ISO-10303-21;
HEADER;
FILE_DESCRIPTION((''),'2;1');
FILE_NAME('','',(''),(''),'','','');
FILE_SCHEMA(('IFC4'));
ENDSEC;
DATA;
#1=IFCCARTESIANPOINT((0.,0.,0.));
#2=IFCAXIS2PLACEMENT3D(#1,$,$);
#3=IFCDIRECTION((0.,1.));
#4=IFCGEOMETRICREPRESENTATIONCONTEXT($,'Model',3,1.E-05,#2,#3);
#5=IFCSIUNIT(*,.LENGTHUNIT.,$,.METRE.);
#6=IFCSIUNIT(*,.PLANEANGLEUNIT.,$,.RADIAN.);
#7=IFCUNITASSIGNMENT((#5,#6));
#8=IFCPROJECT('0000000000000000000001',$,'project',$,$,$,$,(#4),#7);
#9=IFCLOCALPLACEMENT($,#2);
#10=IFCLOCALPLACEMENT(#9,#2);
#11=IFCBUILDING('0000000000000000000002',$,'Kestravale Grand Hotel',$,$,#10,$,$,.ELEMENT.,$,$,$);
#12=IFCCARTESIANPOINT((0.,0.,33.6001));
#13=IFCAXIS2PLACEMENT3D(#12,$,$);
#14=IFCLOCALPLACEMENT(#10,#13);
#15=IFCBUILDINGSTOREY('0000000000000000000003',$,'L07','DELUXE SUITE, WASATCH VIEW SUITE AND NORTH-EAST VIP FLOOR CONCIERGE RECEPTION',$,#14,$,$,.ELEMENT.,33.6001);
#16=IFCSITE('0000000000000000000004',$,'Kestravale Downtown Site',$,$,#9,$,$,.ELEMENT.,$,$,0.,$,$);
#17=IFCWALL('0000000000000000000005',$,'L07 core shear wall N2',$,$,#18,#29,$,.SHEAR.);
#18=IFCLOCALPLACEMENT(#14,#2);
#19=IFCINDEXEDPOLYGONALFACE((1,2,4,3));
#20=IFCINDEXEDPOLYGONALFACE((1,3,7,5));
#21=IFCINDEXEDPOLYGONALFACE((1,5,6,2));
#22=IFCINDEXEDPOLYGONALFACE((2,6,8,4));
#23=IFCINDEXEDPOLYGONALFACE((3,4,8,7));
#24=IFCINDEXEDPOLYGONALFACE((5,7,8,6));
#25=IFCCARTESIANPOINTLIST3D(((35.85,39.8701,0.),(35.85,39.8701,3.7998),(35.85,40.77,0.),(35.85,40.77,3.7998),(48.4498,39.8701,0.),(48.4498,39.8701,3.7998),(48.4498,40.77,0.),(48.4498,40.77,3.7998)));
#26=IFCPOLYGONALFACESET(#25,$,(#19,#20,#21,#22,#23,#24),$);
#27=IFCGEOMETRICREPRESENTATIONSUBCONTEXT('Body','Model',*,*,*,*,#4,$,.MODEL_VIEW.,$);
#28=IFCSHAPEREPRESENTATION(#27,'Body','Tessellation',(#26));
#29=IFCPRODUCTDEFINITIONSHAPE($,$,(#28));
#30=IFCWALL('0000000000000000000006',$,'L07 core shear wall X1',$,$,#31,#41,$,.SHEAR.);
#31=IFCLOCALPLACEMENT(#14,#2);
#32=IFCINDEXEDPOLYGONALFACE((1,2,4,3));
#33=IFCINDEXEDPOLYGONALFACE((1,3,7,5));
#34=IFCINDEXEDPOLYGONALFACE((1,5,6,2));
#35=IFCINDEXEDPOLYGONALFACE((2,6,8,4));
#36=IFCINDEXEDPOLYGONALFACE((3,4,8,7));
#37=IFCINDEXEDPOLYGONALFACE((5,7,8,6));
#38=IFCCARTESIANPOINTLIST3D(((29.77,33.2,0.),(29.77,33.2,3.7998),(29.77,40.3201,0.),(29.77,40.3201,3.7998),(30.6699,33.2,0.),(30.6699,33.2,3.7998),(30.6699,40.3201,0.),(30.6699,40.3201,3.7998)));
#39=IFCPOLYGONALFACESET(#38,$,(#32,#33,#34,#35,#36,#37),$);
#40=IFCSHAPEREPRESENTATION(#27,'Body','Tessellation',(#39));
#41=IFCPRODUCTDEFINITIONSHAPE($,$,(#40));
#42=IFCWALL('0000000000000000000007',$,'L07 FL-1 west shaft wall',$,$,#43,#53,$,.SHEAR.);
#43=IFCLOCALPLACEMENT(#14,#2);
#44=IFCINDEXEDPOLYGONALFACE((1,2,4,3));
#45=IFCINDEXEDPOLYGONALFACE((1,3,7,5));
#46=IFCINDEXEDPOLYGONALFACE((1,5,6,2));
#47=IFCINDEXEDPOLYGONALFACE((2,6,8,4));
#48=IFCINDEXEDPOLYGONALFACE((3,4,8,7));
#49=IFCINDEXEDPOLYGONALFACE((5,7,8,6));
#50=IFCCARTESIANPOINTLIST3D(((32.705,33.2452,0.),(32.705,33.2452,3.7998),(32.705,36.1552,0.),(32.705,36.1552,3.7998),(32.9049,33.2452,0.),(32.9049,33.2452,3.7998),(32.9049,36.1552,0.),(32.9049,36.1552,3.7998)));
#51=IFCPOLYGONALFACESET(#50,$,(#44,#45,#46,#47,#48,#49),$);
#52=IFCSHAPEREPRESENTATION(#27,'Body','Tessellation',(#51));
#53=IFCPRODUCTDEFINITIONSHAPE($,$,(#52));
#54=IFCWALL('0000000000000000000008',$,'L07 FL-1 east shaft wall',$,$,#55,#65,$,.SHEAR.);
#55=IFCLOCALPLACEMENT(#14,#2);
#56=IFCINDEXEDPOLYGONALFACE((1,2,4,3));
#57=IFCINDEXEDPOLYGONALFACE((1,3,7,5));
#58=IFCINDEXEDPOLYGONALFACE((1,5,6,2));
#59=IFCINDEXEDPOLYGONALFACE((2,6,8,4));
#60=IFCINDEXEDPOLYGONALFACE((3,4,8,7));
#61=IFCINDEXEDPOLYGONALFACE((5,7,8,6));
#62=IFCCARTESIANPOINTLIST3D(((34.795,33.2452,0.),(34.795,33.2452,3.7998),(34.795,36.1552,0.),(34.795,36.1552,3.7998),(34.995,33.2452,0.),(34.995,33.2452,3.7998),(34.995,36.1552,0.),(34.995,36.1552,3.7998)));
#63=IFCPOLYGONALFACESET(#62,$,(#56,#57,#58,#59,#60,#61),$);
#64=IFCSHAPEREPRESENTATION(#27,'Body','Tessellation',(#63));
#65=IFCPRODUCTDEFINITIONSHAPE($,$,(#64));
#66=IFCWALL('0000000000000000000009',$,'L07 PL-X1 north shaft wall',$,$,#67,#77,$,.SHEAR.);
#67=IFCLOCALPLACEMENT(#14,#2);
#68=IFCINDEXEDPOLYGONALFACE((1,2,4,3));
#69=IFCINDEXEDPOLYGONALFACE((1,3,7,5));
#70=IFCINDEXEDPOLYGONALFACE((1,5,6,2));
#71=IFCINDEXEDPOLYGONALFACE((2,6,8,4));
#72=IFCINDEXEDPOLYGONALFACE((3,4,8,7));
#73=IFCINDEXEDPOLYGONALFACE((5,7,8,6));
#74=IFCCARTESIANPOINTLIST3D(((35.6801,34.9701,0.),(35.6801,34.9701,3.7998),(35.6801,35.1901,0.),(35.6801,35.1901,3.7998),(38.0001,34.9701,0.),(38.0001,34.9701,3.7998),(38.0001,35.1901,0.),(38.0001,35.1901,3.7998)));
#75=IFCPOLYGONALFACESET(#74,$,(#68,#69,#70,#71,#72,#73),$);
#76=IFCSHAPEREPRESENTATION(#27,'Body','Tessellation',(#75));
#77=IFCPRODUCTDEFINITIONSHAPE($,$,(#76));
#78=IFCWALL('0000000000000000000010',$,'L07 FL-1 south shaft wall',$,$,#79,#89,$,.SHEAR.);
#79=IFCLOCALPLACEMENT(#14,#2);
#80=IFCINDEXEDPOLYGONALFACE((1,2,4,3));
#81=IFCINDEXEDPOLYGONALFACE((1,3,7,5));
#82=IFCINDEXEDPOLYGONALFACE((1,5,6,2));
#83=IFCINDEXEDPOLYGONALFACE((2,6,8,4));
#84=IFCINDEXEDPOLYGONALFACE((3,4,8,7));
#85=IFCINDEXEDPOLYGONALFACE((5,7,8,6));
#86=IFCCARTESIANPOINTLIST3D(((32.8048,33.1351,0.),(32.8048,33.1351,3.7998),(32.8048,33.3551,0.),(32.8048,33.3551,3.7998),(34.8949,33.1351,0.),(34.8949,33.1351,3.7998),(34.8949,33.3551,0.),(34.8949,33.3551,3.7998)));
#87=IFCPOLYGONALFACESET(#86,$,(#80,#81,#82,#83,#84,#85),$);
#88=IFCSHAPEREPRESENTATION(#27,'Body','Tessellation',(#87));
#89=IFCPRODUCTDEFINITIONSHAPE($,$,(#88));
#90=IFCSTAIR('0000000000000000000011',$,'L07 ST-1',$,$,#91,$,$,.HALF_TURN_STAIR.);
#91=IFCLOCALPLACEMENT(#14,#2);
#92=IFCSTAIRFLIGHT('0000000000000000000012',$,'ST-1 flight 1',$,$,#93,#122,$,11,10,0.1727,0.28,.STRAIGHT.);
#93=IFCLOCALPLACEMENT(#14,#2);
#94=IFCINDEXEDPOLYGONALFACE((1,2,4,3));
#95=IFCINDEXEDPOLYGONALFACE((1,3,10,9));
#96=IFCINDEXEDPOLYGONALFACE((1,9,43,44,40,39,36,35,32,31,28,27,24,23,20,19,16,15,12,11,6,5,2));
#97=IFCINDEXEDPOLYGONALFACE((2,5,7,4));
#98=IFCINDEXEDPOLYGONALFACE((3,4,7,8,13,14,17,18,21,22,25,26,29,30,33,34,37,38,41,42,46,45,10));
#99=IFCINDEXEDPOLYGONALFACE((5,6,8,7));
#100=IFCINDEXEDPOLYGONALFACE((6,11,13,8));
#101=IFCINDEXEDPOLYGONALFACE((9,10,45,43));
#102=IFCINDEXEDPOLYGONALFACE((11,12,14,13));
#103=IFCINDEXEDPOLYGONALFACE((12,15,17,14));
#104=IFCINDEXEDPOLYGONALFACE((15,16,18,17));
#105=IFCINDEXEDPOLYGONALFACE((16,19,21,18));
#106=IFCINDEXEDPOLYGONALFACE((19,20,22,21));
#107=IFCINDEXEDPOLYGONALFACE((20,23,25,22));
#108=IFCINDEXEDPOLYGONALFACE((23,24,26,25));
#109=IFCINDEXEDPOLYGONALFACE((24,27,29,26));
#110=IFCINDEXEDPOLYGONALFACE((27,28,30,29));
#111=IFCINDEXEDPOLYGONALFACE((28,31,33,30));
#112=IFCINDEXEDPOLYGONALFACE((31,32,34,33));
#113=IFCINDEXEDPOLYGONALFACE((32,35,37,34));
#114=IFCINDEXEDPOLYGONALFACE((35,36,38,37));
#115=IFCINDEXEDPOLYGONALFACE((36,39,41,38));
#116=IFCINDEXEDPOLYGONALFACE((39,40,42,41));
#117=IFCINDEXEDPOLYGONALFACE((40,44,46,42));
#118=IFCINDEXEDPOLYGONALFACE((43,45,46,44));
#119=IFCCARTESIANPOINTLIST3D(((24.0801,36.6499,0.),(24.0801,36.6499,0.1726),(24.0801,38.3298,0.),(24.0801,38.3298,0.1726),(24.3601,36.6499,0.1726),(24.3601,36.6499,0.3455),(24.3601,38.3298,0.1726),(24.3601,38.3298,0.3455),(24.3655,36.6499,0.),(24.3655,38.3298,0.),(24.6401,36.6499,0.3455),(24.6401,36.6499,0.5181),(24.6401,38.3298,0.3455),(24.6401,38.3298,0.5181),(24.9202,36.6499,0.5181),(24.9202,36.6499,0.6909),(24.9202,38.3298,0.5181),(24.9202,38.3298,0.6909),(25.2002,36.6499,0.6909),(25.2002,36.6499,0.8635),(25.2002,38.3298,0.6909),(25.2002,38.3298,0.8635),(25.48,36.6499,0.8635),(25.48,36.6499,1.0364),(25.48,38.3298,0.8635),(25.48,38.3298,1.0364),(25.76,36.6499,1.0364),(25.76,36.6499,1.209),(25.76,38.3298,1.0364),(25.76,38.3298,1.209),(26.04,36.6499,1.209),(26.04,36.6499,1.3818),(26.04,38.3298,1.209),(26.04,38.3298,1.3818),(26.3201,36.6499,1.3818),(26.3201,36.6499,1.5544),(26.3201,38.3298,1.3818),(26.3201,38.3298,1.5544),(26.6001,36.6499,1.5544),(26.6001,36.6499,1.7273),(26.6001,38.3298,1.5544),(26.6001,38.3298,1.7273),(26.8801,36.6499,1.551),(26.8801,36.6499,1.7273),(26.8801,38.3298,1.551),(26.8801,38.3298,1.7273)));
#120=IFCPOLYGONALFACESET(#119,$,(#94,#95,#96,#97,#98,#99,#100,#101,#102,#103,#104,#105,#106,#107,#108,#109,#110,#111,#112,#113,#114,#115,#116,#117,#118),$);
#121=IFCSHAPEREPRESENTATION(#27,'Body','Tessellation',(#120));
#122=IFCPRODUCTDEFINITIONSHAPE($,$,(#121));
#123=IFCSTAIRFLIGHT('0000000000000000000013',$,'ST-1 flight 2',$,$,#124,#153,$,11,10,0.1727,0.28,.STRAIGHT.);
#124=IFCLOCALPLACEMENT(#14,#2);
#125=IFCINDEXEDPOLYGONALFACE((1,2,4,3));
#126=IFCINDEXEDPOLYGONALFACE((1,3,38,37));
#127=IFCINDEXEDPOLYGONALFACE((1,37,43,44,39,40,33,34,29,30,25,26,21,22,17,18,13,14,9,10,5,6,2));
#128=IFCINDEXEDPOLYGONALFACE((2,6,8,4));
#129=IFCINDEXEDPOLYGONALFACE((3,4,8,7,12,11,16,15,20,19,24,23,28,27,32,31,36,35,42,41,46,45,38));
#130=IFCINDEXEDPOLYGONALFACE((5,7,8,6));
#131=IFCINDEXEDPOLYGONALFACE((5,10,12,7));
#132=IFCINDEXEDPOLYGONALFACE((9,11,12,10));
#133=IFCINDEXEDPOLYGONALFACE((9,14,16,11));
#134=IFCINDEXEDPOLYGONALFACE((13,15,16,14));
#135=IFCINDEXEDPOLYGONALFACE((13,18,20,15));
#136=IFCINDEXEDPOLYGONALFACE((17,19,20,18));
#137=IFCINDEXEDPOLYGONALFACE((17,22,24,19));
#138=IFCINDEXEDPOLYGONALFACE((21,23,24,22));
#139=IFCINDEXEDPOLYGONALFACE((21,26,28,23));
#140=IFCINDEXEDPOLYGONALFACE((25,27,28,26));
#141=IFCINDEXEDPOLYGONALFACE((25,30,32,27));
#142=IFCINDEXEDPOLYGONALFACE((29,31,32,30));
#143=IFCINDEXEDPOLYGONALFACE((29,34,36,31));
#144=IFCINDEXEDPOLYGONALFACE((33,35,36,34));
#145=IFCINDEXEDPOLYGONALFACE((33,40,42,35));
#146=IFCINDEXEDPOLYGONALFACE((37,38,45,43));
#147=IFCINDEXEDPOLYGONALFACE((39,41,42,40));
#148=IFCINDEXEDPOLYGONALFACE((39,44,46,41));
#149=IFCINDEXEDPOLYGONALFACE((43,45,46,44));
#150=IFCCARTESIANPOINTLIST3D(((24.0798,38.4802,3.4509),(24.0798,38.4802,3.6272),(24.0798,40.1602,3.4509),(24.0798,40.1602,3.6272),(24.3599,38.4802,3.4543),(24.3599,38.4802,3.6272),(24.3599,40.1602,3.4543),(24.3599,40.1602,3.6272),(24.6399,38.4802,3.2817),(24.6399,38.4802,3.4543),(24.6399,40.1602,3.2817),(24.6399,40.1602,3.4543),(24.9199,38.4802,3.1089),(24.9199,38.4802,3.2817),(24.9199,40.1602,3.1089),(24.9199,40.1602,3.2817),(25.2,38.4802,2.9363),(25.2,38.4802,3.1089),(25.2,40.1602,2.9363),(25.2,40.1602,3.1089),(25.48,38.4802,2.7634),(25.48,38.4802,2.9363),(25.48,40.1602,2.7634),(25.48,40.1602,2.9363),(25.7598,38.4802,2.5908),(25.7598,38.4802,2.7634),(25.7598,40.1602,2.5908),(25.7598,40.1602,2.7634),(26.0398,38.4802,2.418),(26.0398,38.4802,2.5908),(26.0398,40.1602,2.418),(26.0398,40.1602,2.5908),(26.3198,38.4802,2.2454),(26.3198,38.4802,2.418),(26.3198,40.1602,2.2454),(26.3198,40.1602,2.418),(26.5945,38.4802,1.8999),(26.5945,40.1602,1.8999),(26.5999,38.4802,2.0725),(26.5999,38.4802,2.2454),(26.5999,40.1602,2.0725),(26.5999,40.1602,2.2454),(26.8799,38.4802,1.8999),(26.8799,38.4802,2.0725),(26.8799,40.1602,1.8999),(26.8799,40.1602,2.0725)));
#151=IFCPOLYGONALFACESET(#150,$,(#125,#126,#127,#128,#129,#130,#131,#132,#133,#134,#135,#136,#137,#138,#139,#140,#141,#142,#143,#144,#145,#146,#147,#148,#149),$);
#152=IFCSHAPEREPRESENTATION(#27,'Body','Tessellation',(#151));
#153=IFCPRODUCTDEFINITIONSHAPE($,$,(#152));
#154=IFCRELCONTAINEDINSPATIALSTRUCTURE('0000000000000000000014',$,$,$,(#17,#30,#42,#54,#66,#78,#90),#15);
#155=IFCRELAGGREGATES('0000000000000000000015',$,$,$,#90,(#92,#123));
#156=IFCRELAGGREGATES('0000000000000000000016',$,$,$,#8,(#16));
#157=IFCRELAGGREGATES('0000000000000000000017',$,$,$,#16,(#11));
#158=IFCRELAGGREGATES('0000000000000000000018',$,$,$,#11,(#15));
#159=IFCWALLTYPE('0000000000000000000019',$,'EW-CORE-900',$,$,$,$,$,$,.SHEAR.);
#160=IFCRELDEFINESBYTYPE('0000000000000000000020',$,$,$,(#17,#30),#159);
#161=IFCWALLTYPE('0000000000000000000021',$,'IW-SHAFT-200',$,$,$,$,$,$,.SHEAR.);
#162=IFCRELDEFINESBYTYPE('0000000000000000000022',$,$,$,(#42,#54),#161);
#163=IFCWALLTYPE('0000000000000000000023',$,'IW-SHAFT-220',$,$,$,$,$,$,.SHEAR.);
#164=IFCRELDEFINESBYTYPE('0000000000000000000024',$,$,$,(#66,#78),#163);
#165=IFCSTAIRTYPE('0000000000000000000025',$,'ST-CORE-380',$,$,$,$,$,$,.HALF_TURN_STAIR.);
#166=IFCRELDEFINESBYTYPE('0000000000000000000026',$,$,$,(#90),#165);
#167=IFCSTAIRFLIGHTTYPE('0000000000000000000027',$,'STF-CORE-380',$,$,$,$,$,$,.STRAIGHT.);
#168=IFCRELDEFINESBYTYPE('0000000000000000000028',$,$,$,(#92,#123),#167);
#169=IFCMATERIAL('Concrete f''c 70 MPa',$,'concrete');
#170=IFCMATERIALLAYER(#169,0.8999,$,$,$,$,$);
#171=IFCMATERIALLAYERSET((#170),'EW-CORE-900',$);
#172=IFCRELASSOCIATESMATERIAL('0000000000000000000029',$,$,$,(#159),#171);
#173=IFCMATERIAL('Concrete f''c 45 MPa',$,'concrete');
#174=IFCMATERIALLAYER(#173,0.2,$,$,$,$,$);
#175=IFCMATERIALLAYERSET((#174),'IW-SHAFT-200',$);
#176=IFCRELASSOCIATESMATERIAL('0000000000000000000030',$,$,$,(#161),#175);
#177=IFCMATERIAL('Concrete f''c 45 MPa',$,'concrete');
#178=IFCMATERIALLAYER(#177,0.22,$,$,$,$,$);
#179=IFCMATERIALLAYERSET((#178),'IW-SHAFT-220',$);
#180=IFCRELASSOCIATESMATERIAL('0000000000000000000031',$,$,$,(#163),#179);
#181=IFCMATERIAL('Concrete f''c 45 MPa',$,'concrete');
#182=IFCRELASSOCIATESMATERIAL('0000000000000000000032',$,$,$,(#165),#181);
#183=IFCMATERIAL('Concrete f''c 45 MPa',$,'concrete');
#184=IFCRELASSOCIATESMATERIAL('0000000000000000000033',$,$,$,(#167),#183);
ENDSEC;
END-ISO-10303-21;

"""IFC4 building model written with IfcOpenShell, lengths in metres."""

from ifc_helpers import new_model, si_unit, direction, frame, frame_2d, origin, place, context, subcontext, project, spatial, polyline, rectangle, outline, extrude, material, layer, layer_set, type_object, element, aggregate, save


model = new_model("IFC4")

# Units and contexts
model_context = context("Model", 3, precision=1e-05, world=origin(), true_north=direction((0.0, 1.0)))
body_context = subcontext(model_context, "Body", "Model", "MODEL_VIEW")
ifc_project = project(units=[si_unit("LENGTHUNIT", "METRE"), si_unit("PLANEANGLEUNIT", "RADIAN")], contexts=[model_context])

# Site, building, storey
site_placement = place(None, origin())
site = spatial("IfcSite", under=ifc_project, at=site_placement, Name="Kestravale Downtown Site", CompositionType="ELEMENT", RefElevation=0.0)
building_placement = place(site_placement, origin())
building = spatial("IfcBuilding", under=site, at=building_placement, Name="Kestravale Grand Hotel", CompositionType="ELEMENT")
storey_placement = place(building_placement, frame((0.0, 0.0, 33.6001)))
storey = spatial("IfcBuildingStorey", under=building, at=storey_placement, Name="L07", Description="DELUXE SUITE, WASATCH VIEW SUITE AND NORTH-EAST VIP FLOOR CONCIERGE RECEPTION", CompositionType="ELEMENT", Elevation=33.6001)

# Walls
ifc_material_1 = material(Name="Concrete f'c 70 MPa", Category="concrete")
ifc_layer_1 = layer(ifc_material_1, 0.8999)
ifc_layer_set_1 = layer_set([ifc_layer_1], Name="EW-CORE-900")
wall_type_1 = type_object("IfcWallType", Name="EW-CORE-900", PredefinedType="SHEAR", material=ifc_layer_set_1)
wall_1_placement = place(storey_placement, frame((35.8501, 40.3201, 0.0), z_axis=(0.0, 0.0, 1.0), x_axis=(1.0, 0.0, 0.0)))
element("IfcWall", 1, at=wall_1_placement, inside=storey, type_object=wall_type_1, Name="L07 core shear wall N2", PredefinedType="SHEAR", context=body_context, shape_type="SweptSolid", body=[
    extrude(rectangle(XDim=12.5999, YDim=0.8999, at=frame_2d((6.2998, 0.0))), origin(), (0.0, 0.0, 1.0), 3.7998),
])
wall_2_placement = place(storey_placement, frame((30.22, 33.2, 0.0), z_axis=(0.0, 0.0, 1.0), x_axis=(0.0, 1.0, 0.0)))
element("IfcWall", 2, at=wall_2_placement, inside=storey, type_object=wall_type_1, Name="L07 core shear wall X1", PredefinedType="SHEAR", context=body_context, shape_type="SweptSolid", body=[
    extrude(rectangle(XDim=7.1201, YDim=0.8999, at=frame_2d((3.5601, 0.0))), origin(), (0.0, 0.0, 1.0), 3.7998),
])

# Walls
ifc_material_2 = material(Name="Concrete f'c 45 MPa", Category="concrete")
ifc_layer_2 = layer(ifc_material_2, 0.2)
ifc_layer_set_2 = layer_set([ifc_layer_2], Name="IW-SHAFT-200")
wall_type_2 = type_object("IfcWallType", Name="IW-SHAFT-200", PredefinedType="SHEAR", material=ifc_layer_set_2)
for number, where, z_axis, x_axis, name in (
    (3, (32.8049, 33.2451, 0.0), (0.0, 0.0, 1.0), (0.0, 1.0, 0.0), "L07 FL-1 west shaft wall"),
    (4, (34.895, 33.2451, 0.0), (0.0, 0.0, 1.0), (0.0, 1.0, 0.0), "L07 FL-1 east shaft wall"),
):
    element("IfcWall", number, at=place(storey_placement, frame(where, z_axis=z_axis, x_axis=x_axis)), inside=storey, type_object=wall_type_2, Name=name, PredefinedType="SHEAR", context=body_context, shape_type="SweptSolid", body=[
        extrude(rectangle(XDim=2.9099, YDim=0.2, at=frame_2d((1.4551, 0.0))), origin(), (0.0, 0.0, 1.0), 3.7998),
    ])
ifc_material_3 = material(Name="Concrete f'c 45 MPa", Category="concrete")
ifc_layer_3 = layer(ifc_material_3, 0.22)
ifc_layer_set_3 = layer_set([ifc_layer_3], Name="IW-SHAFT-220")
wall_type_3 = type_object("IfcWallType", Name="IW-SHAFT-220", PredefinedType="SHEAR", material=ifc_layer_set_3)
wall_3_placement = place(storey_placement, frame((35.6799, 35.0801, 0.0), z_axis=(0.0, 0.0, 1.0), x_axis=(1.0, 0.0, 0.0)))
element("IfcWall", 5, at=wall_3_placement, inside=storey, type_object=wall_type_3, Name="L07 PL-X1 north shaft wall", PredefinedType="SHEAR", context=body_context, shape_type="SweptSolid", body=[
    extrude(rectangle(XDim=2.3201, YDim=0.22, at=frame_2d((1.1602, 0.0))), origin(), (0.0, 0.0, 1.0), 3.7998),
])

# Wall
wall_4_placement = place(storey_placement, frame((32.8049, 33.2451, 0.0), z_axis=(0.0, 0.0, 1.0), x_axis=(1.0, 0.0, 0.0)))
element("IfcWall", 6, at=wall_4_placement, inside=storey, type_object=wall_type_3, Name="L07 FL-1 south shaft wall", PredefinedType="SHEAR", context=body_context, shape_type="SweptSolid", body=[
    extrude(rectangle(XDim=2.0901, YDim=0.22, at=frame_2d((1.0449, 0.0))), origin(), (0.0, 0.0, 1.0), 3.7998),
])

# Stair, stair flights
ifc_material_4 = material(Name="Concrete f'c 45 MPa", Category="concrete")
stair_type = type_object("IfcStairType", Name="ST-CORE-380", PredefinedType="HALF_TURN_STAIR", material=ifc_material_4)
stair_placement = place(storey_placement, origin())
stair = element("IfcStair", 7, at=stair_placement, inside=storey, type_object=stair_type, Name="L07 ST-1", PredefinedType="HALF_TURN_STAIR")
ifc_material_5 = material(Name="Concrete f'c 45 MPa", Category="concrete")
stair_flight_type = type_object("IfcStairFlightType", Name="STF-CORE-380", PredefinedType="STRAIGHT", material=ifc_material_5)
stair_flight_1_placement = place(storey_placement, frame((24.0801, 37.49, 0.0), z_axis=(0.0, 0.0, 1.0), x_axis=(1.0, 0.0, 0.0)))
stair_flight_1 = element("IfcStairFlight", 8, at=stair_flight_1_placement, type_object=stair_flight_type, Name="ST-1 flight 1", NumberOfRisers=11, NumberOfTreads=10, PredefinedType="STRAIGHT", RiserHeight=0.1727, TreadLength=0.28, context=body_context, shape_type="SweptSolid", body=[
    extrude(outline(polyline([(0.0, 0.0), (0.0, 0.1726), (0.28, 0.1726), (0.28, 0.3455), (0.5601, 0.3455), (0.5601, 0.5181), (0.8401, 0.5181), (0.8401, 0.6909), (1.1201, 0.6909), (1.1201, 0.8635), (1.3999, 0.8635), (1.3999, 1.0364), (1.6799, 1.0364), (1.6799, 1.209), (1.96, 1.209), (1.96, 1.3818), (2.24, 1.3818), (2.24, 1.5544), (2.52, 1.5544), (2.52, 1.7273), (2.8, 1.7273), (2.8, 1.8999), (2.8, 1.551), (0.2854, 0.0), (0.0, 0.0)])), frame((0.0, 0.8398, 0.0), z_axis=(0.0, -1.0, 0.0), x_axis=(1.0, 0.0, 0.0)), (0.0, 0.0, 1.0), 1.6799),
])
stair_flight_2_placement = place(storey_placement, frame((26.8799, 39.3201, 1.8999), z_axis=(0.0, 0.0, 1.0), x_axis=(-1.0, 0.0, 0.0)))
stair_flight_2 = element("IfcStairFlight", 9, at=stair_flight_2_placement, type_object=stair_flight_type, Name="ST-1 flight 2", NumberOfRisers=11, NumberOfTreads=10, PredefinedType="STRAIGHT", RiserHeight=0.1727, TreadLength=0.28, context=body_context, shape_type="SweptSolid", body=[
    extrude(outline(polyline([(0.0, 0.0), (0.0, 0.1726), (0.28, 0.1726), (0.28, 0.3455), (0.5601, 0.3455), (0.5601, 0.5181), (0.8401, 0.5181), (0.8401, 0.6909), (1.1201, 0.6909), (1.1201, 0.8635), (1.3999, 0.8635), (1.3999, 1.0364), (1.6799, 1.0364), (1.6799, 1.209), (1.96, 1.209), (1.96, 1.3818), (2.24, 1.3818), (2.24, 1.5544), (2.52, 1.5544), (2.52, 1.7273), (2.8, 1.7273), (2.8, 1.8999), (2.8, 1.551), (0.2854, 0.0), (0.0, 0.0)])), frame((0.0, 0.8398, 0.0), z_axis=(0.0, -1.0, 0.0), x_axis=(1.0, 0.0, 0.0)), (0.0, 0.0, 1.0), 1.6799),
])
aggregate(stair, [stair_flight_1, stair_flight_2])

save(model, "model.ifc")
